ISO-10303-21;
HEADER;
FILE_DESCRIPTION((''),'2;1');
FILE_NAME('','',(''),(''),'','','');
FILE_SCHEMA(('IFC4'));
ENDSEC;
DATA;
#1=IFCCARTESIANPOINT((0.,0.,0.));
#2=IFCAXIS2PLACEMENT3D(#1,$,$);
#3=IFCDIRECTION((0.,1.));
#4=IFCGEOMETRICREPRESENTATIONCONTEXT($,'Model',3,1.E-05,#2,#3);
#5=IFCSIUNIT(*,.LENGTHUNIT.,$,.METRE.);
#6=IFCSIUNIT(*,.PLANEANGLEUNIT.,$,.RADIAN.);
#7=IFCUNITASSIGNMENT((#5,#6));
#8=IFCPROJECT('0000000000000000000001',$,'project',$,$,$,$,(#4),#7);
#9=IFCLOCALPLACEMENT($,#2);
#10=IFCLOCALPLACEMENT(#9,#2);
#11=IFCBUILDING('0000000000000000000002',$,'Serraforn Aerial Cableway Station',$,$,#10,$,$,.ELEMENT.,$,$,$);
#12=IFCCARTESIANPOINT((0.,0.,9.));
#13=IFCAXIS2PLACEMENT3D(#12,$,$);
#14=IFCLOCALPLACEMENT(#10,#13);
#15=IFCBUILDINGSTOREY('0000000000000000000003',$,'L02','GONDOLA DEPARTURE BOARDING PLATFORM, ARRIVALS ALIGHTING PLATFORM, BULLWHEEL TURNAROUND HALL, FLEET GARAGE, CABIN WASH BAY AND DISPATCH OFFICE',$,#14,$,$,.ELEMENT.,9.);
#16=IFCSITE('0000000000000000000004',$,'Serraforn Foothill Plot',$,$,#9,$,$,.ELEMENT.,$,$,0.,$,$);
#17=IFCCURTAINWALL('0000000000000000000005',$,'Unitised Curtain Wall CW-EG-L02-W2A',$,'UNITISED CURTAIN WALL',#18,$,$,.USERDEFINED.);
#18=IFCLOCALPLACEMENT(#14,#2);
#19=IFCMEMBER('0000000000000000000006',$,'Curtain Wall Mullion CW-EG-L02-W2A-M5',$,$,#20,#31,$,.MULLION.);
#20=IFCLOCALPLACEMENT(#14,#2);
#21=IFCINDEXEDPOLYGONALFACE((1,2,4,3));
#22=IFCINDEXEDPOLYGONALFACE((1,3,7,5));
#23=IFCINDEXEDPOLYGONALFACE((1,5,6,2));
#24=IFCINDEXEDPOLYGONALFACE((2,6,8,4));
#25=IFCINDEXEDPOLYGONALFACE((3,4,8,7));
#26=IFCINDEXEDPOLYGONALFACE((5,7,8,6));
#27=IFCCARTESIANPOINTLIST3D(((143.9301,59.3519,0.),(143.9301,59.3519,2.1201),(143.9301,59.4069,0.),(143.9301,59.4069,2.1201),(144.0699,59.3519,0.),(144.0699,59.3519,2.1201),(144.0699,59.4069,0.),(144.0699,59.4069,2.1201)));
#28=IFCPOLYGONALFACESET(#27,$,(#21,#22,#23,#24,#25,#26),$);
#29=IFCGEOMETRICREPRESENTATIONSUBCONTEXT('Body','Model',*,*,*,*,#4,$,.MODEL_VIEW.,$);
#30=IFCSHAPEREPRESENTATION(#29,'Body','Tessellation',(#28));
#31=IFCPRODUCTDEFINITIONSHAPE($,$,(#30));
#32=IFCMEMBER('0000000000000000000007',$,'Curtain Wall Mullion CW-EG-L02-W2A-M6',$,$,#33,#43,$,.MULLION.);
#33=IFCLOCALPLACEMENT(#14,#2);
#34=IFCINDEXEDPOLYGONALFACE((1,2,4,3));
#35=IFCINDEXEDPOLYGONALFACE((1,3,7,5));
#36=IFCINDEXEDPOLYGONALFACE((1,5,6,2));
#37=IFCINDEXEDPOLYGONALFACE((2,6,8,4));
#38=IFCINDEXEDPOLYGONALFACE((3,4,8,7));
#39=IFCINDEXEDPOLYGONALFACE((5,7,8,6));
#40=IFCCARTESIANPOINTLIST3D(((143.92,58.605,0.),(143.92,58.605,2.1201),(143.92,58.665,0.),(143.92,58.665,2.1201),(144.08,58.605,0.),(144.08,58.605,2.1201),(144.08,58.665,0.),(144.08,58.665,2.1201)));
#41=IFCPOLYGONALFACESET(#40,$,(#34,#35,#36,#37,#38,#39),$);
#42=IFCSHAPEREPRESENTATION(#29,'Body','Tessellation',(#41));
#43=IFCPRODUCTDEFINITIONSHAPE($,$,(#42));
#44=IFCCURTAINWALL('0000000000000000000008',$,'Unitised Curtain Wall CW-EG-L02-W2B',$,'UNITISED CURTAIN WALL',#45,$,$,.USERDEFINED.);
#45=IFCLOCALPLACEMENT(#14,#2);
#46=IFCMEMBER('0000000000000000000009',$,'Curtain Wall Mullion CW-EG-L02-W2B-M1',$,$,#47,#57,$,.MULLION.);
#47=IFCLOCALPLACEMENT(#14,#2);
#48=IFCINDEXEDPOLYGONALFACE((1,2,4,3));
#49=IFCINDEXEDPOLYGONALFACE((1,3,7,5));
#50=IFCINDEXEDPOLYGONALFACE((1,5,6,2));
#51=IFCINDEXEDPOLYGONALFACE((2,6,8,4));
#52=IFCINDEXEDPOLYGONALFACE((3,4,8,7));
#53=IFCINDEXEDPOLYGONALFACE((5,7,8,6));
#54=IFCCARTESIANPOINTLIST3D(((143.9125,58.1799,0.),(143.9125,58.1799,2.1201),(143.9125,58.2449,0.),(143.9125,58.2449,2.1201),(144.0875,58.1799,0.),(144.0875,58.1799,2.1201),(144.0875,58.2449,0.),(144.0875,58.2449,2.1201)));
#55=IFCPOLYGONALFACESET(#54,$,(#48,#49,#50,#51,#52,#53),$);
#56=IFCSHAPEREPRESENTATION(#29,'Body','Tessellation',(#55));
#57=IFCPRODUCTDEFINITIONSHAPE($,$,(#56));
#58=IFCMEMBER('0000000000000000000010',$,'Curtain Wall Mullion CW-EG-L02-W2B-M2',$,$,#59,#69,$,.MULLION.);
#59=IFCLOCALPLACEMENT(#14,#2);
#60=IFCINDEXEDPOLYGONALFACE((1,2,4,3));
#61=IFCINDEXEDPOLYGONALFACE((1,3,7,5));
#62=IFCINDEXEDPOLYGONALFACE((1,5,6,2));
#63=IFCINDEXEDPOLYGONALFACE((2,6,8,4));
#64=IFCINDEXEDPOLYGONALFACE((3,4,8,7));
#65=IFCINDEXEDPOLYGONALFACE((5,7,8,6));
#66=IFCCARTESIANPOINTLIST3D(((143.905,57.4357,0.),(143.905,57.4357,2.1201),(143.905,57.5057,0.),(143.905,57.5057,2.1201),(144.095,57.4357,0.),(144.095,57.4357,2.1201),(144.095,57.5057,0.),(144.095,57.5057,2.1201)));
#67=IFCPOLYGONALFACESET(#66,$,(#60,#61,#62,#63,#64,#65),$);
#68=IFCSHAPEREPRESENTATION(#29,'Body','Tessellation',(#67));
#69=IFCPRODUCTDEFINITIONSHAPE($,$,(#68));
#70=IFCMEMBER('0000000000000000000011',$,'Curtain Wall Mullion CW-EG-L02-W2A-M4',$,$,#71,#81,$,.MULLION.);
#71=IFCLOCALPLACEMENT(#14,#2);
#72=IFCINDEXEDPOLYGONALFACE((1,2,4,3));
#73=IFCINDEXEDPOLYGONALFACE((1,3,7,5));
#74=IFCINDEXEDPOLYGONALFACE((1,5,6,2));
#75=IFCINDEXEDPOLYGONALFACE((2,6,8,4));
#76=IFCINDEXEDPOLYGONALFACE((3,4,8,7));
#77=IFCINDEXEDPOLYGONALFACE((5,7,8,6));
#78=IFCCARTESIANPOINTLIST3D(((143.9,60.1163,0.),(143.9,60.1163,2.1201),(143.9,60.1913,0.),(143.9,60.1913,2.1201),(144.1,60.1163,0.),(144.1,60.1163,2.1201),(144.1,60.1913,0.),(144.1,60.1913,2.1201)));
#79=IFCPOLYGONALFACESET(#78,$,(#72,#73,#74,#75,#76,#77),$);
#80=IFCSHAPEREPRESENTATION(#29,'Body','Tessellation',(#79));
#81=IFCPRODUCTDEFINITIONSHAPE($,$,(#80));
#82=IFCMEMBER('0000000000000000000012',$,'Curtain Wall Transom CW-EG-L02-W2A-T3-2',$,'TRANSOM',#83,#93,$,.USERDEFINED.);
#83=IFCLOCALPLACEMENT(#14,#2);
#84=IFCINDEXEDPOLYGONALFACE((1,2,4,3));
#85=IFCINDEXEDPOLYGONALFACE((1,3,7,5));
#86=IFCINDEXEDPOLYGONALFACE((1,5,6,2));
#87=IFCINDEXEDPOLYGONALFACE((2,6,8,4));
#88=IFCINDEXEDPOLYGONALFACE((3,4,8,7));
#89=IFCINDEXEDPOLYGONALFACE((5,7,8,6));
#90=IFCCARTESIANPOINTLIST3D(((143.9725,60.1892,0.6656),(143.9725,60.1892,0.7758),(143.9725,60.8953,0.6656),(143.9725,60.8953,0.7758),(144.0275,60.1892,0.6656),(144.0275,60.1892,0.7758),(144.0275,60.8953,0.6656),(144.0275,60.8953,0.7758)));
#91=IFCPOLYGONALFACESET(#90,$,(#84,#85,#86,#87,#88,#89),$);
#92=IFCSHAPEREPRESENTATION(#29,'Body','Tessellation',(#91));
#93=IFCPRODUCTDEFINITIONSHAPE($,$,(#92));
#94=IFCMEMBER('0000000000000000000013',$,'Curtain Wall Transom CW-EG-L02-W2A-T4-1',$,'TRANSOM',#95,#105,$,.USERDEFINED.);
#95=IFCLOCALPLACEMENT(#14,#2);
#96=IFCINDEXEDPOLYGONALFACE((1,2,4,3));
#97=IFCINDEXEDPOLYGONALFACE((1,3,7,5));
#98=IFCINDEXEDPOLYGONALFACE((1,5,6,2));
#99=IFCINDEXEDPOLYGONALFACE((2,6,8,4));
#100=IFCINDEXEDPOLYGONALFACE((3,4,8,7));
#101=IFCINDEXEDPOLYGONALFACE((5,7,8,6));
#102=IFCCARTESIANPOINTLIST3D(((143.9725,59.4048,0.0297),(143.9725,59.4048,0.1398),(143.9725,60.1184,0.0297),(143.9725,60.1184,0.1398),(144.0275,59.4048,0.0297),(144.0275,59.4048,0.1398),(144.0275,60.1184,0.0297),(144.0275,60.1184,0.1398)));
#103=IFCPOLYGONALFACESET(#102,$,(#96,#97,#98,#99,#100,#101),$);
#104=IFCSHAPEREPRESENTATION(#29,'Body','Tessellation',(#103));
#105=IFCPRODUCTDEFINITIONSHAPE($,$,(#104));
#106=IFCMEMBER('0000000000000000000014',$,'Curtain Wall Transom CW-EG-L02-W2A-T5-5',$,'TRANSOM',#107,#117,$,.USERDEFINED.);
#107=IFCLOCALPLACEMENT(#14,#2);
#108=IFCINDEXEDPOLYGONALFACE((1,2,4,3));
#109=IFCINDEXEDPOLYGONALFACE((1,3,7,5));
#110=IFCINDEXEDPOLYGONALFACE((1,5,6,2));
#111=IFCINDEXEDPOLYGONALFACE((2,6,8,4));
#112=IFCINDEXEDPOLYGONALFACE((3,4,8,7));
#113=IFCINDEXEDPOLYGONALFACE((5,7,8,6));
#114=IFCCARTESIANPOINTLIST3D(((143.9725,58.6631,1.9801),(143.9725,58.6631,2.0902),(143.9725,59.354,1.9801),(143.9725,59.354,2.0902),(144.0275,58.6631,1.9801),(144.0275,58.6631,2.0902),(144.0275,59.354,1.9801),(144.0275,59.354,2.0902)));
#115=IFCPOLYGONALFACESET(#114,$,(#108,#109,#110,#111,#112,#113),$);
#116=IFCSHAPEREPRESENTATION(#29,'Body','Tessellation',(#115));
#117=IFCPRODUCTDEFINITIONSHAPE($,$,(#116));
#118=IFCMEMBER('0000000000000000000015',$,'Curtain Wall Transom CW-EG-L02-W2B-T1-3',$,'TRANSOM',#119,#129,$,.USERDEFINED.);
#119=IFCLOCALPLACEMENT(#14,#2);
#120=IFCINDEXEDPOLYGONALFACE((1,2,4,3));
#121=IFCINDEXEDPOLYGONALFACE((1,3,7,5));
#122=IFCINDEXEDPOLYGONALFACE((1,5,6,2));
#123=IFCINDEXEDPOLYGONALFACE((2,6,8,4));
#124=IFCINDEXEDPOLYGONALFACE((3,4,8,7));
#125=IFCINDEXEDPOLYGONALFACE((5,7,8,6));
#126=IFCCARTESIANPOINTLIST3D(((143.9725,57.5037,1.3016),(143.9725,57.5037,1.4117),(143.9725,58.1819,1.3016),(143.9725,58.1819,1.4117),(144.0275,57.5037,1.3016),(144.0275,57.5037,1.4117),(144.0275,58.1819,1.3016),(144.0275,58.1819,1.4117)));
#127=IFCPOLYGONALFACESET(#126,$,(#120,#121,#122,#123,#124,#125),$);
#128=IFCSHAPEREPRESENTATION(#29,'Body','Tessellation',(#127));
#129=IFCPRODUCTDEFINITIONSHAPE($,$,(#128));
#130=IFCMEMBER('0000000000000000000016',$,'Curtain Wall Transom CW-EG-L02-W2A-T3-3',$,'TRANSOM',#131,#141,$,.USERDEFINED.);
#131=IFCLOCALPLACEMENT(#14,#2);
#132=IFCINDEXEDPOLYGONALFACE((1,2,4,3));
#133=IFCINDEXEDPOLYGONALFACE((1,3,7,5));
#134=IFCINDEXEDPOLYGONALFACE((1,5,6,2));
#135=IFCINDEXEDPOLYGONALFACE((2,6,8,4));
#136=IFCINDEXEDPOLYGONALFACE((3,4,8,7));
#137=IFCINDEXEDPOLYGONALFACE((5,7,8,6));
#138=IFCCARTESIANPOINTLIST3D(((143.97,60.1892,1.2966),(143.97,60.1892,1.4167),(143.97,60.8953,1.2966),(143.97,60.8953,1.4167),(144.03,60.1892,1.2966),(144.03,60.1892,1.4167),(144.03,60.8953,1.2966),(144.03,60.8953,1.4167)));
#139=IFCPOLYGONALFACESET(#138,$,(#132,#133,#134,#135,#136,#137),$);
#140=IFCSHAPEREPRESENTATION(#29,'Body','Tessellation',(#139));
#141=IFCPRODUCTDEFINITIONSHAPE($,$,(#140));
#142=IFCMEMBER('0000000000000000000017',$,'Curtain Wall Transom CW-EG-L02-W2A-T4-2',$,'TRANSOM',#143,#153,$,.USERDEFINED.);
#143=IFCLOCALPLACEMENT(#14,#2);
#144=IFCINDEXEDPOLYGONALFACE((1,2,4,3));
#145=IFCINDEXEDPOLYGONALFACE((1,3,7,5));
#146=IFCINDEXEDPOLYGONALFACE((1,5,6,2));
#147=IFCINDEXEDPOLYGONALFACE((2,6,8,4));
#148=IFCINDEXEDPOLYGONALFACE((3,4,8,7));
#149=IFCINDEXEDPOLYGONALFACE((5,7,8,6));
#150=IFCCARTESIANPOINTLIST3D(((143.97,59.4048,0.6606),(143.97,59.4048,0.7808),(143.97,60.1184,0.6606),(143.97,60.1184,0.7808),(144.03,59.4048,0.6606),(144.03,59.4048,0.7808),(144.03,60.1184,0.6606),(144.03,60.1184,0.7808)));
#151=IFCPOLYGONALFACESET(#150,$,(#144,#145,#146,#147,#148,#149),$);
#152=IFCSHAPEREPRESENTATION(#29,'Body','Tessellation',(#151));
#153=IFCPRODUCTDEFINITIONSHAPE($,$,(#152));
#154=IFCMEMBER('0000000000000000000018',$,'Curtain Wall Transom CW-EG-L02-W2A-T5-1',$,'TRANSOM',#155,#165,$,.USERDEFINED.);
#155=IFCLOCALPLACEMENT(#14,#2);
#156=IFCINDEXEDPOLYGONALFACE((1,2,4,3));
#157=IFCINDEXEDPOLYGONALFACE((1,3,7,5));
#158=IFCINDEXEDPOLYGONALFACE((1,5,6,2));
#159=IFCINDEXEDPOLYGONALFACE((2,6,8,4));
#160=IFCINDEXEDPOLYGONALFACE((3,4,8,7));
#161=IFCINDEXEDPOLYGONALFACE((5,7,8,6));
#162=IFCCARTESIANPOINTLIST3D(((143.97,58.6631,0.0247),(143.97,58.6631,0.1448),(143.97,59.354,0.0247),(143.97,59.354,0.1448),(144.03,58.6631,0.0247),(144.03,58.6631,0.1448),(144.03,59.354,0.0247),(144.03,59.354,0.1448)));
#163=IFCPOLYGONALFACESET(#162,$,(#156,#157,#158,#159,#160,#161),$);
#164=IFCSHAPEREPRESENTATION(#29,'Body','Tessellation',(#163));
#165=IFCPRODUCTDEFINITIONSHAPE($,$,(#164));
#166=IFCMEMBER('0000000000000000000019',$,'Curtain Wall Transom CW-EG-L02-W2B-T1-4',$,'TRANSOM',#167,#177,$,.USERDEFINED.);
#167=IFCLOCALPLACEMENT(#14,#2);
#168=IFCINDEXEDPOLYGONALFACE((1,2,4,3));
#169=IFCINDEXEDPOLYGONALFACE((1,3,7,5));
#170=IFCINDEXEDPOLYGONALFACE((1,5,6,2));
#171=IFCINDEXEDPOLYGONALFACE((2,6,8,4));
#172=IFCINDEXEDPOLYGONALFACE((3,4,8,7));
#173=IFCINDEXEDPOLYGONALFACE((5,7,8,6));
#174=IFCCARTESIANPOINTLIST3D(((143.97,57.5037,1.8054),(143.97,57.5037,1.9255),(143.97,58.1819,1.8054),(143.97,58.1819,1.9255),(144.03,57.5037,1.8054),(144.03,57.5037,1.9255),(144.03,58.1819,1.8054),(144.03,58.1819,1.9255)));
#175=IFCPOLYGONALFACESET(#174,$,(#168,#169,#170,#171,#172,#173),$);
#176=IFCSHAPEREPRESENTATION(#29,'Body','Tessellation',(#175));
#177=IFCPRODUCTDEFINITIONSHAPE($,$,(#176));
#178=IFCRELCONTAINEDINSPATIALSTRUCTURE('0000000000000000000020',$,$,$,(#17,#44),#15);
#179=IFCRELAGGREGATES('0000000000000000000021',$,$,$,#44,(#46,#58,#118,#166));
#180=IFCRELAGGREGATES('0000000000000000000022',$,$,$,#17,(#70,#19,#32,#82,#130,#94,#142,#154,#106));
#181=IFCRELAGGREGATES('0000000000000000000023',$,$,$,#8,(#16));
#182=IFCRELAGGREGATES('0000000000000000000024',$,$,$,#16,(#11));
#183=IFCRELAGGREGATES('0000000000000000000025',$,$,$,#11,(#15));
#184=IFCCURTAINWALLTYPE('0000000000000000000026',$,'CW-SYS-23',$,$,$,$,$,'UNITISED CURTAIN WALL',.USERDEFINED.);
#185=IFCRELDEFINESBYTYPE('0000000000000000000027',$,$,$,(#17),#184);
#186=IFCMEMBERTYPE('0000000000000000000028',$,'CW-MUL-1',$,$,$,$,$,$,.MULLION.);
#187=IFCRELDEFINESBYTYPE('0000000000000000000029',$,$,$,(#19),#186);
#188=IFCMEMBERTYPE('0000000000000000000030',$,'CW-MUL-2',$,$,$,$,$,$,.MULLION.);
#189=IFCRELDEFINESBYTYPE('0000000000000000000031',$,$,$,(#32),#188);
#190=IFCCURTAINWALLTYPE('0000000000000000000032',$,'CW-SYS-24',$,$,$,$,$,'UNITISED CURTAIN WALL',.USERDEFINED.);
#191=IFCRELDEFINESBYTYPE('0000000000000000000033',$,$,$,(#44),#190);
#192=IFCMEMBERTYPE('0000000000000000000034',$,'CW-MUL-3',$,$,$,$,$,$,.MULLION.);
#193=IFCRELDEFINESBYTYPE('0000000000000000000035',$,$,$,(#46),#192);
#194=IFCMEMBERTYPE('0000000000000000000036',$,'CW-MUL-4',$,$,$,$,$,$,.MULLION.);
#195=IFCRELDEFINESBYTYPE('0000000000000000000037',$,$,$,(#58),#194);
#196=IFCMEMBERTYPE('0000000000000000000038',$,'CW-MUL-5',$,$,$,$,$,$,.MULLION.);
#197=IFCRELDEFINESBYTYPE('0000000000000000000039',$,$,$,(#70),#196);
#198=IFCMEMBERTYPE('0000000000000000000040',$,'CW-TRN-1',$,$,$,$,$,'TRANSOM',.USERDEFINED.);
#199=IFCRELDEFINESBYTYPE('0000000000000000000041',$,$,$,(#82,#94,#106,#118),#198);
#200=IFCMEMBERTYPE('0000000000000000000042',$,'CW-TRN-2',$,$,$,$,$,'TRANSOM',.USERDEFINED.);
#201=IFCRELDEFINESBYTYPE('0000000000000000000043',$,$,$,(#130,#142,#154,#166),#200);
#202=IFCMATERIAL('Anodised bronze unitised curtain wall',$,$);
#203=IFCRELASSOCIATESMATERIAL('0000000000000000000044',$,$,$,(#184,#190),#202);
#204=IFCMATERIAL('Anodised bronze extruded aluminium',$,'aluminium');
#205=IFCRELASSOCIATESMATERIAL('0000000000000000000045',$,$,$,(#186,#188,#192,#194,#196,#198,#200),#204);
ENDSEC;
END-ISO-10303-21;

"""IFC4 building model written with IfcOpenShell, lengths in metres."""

from ifc_helpers import new_model, si_unit, direction, frame, origin, origin_2d, place, context, subcontext, project, spatial, rectangle, extrude, material, material_profile, profile_set, type_object, element, aggregate, save


model = new_model("IFC4")

# Units and contexts
model_context = context("Model", 3, precision=1e-05, world=origin(), true_north=direction((0.0, 1.0)))
body_context = subcontext(model_context, "Body", "Model", "MODEL_VIEW")
ifc_project = project(units=[si_unit("LENGTHUNIT", "METRE"), si_unit("PLANEANGLEUNIT", "RADIAN")], contexts=[model_context])

# Site, building, storey
site_placement = place(None, origin())
site = spatial("IfcSite", under=ifc_project, at=site_placement, Name="Serraforn Foothill Plot", CompositionType="ELEMENT", RefElevation=0.0)
building_placement = place(site_placement, origin())
building = spatial("IfcBuilding", under=site, at=building_placement, Name="Serraforn Aerial Cableway Station", CompositionType="ELEMENT")
storey_placement = place(building_placement, frame((0.0, 0.0, 9.0)))
storey = spatial("IfcBuildingStorey", under=building, at=storey_placement, Name="L02", Description="GONDOLA DEPARTURE BOARDING PLATFORM, ARRIVALS ALIGHTING PLATFORM, BULLWHEEL TURNAROUND HALL, FLEET GARAGE, CABIN WASH BAY AND DISPATCH OFFICE", CompositionType="ELEMENT", Elevation=9.0)

# Curtain walls, members
ifc_material_1 = material(Name="Anodised bronze unitised curtain wall")
curtain_wall_type_1 = type_object("IfcCurtainWallType", Name="CW-SYS-23", ElementType="UNITISED CURTAIN WALL", PredefinedType="USERDEFINED", material=ifc_material_1)
curtain_wall_1_placement = place(storey_placement, origin())
curtain_wall_1 = element("IfcCurtainWall", 1, at=curtain_wall_1_placement, inside=storey, type_object=curtain_wall_type_1, Name="Unitised Curtain Wall CW-EG-L02-W2A", ObjectType="UNITISED CURTAIN WALL", PredefinedType="USERDEFINED")
ifc_material_2 = material(Name="Anodised bronze extruded aluminium", Category="aluminium")
ifc_material_profile_1 = material_profile(ifc_material_2, rectangle(XDim=0.0549, YDim=0.1399, at=origin_2d()), Name="CW MULLION 55x140")
ifc_profile_set_1 = profile_set([ifc_material_profile_1], Name="Anodised bronze extruded aluminium")
member_type_1 = type_object("IfcMemberType", Name="CW-MUL-1", PredefinedType="MULLION", material=ifc_profile_set_1)
member_1_placement = place(storey_placement, frame((144.0, 59.3794, 0.0), z_axis=(0.0, 0.0, 1.0), x_axis=(0.0, -1.0, 0.0)))
member_1 = element("IfcMember", 2, at=member_1_placement, type_object=member_type_1, Name="Curtain Wall Mullion CW-EG-L02-W2A-M5", PredefinedType="MULLION", context=body_context, shape_type="SweptSolid", body=[
    extrude(rectangle(XDim=0.0549, YDim=0.1399, at=origin_2d()), origin(), (0.0, 0.0, 1.0), 2.1201),
])
ifc_material_profile_2 = material_profile(ifc_material_2, rectangle(XDim=0.0601, YDim=0.1599, at=origin_2d()), Name="CW MULLION 60x160")
ifc_profile_set_2 = profile_set([ifc_material_profile_2], Name="Anodised bronze extruded aluminium")
member_type_2 = type_object("IfcMemberType", Name="CW-MUL-2", PredefinedType="MULLION", material=ifc_profile_set_2)
member_2_placement = place(storey_placement, frame((144.0, 58.635, 0.0), z_axis=(0.0, 0.0, 1.0), x_axis=(0.0, -1.0, 0.0)))
member_2 = element("IfcMember", 3, at=member_2_placement, type_object=member_type_2, Name="Curtain Wall Mullion CW-EG-L02-W2A-M6", PredefinedType="MULLION", context=body_context, shape_type="SweptSolid", body=[
    extrude(rectangle(XDim=0.0601, YDim=0.1599, at=origin_2d()), origin(), (0.0, 0.0, 1.0), 2.1201),
])
curtain_wall_type_2 = type_object("IfcCurtainWallType", Name="CW-SYS-24", ElementType="UNITISED CURTAIN WALL", PredefinedType="USERDEFINED", material=ifc_material_1)
curtain_wall_2_placement = place(storey_placement, origin())
curtain_wall_2 = element("IfcCurtainWall", 4, at=curtain_wall_2_placement, inside=storey, type_object=curtain_wall_type_2, Name="Unitised Curtain Wall CW-EG-L02-W2B", ObjectType="UNITISED CURTAIN WALL", PredefinedType="USERDEFINED")
ifc_material_profile_3 = material_profile(ifc_material_2, rectangle(XDim=0.0649, YDim=0.175, at=origin_2d()), Name="CW MULLION 65x175")
ifc_profile_set_3 = profile_set([ifc_material_profile_3], Name="Anodised bronze extruded aluminium")
member_type_3 = type_object("IfcMemberType", Name="CW-MUL-3", PredefinedType="MULLION", material=ifc_profile_set_3)
member_3_placement = place(storey_placement, frame((144.0, 58.2124, 0.0), z_axis=(0.0, 0.0, 1.0), x_axis=(0.0, -1.0, 0.0)))
member_3 = element("IfcMember", 5, at=member_3_placement, type_object=member_type_3, Name="Curtain Wall Mullion CW-EG-L02-W2B-M1", PredefinedType="MULLION", context=body_context, shape_type="SweptSolid", body=[
    extrude(rectangle(XDim=0.0649, YDim=0.175, at=origin_2d()), origin(), (0.0, 0.0, 1.0), 2.1201),
])
ifc_material_profile_4 = material_profile(ifc_material_2, rectangle(XDim=0.0701, YDim=0.1899, at=origin_2d()), Name="CW MULLION 70x190")
ifc_profile_set_4 = profile_set([ifc_material_profile_4], Name="Anodised bronze extruded aluminium")
member_type_4 = type_object("IfcMemberType", Name="CW-MUL-4", PredefinedType="MULLION", material=ifc_profile_set_4)
member_4_placement = place(storey_placement, frame((144.0, 57.4707, 0.0), z_axis=(0.0, 0.0, 1.0), x_axis=(0.0, -1.0, 0.0)))
member_4 = element("IfcMember", 6, at=member_4_placement, type_object=member_type_4, Name="Curtain Wall Mullion CW-EG-L02-W2B-M2", PredefinedType="MULLION", context=body_context, shape_type="SweptSolid", body=[
    extrude(rectangle(XDim=0.0701, YDim=0.1899, at=origin_2d()), origin(), (0.0, 0.0, 1.0), 2.1201),
])

# Members
ifc_material_profile_5 = material_profile(ifc_material_2, rectangle(XDim=0.075, YDim=0.2, at=origin_2d()), Name="CW MULLION 75x200")
ifc_profile_set_5 = profile_set([ifc_material_profile_5], Name="Anodised bronze extruded aluminium")
member_type_5 = type_object("IfcMemberType", Name="CW-MUL-5", PredefinedType="MULLION", material=ifc_profile_set_5)
member_5_placement = place(storey_placement, frame((144.0, 60.1538, 0.0), z_axis=(0.0, 0.0, 1.0), x_axis=(0.0, -1.0, 0.0)))
member_5 = element("IfcMember", 7, at=member_5_placement, type_object=member_type_5, Name="Curtain Wall Mullion CW-EG-L02-W2A-M4", PredefinedType="MULLION", context=body_context, shape_type="SweptSolid", body=[
    extrude(rectangle(XDim=0.075, YDim=0.2, at=origin_2d()), origin(), (0.0, 0.0, 1.0), 2.1201),
])
ifc_material_profile_6 = material_profile(ifc_material_2, rectangle(XDim=0.0549, YDim=0.1101, at=origin_2d()), Name="CW TRANSOM 55x110")
ifc_profile_set_6 = profile_set([ifc_material_profile_6], Name="Anodised bronze extruded aluminium")
member_type_6 = type_object("IfcMemberType", Name="CW-TRN-1", ElementType="TRANSOM", PredefinedType="USERDEFINED", material=ifc_profile_set_6)
member_6_placement = place(storey_placement, frame((144.0, 60.8953, 0.7207), z_axis=(0.0, -1.0, 0.0), x_axis=(1.0, 0.0, 0.0)))
member_6 = element("IfcMember", 8, at=member_6_placement, type_object=member_type_6, Name="Curtain Wall Transom CW-EG-L02-W2A-T3-2", ObjectType="TRANSOM", PredefinedType="USERDEFINED", context=body_context, shape_type="SweptSolid", body=[
    extrude(rectangle(XDim=0.0549, YDim=0.1101, at=origin_2d()), origin(), (0.0, 0.0, 1.0), 0.7061),
])
member_7_placement = place(storey_placement, frame((144.0, 60.1184, 0.0847), z_axis=(0.0, -1.0, 0.0), x_axis=(1.0, 0.0, 0.0)))
member_7 = element("IfcMember", 9, at=member_7_placement, type_object=member_type_6, Name="Curtain Wall Transom CW-EG-L02-W2A-T4-1", ObjectType="TRANSOM", PredefinedType="USERDEFINED", context=body_context, shape_type="SweptSolid", body=[
    extrude(rectangle(XDim=0.0549, YDim=0.1101, at=origin_2d()), origin(), (0.0, 0.0, 1.0), 0.7136),
])
member_8_placement = place(storey_placement, frame((144.0, 59.354, 2.0352), z_axis=(0.0, -1.0, 0.0), x_axis=(1.0, 0.0, 0.0)))
member_8 = element("IfcMember", 10, at=member_8_placement, type_object=member_type_6, Name="Curtain Wall Transom CW-EG-L02-W2A-T5-5", ObjectType="TRANSOM", PredefinedType="USERDEFINED", context=body_context, shape_type="SweptSolid", body=[
    extrude(rectangle(XDim=0.0549, YDim=0.1101, at=origin_2d()), origin(), (0.0, 0.0, 1.0), 0.6909),
])
member_9_placement = place(storey_placement, frame((144.0, 58.1819, 1.3567), z_axis=(0.0, -1.0, 0.0), x_axis=(1.0, 0.0, 0.0)))
member_9 = element("IfcMember", 11, at=member_9_placement, type_object=member_type_6, Name="Curtain Wall Transom CW-EG-L02-W2B-T1-3", ObjectType="TRANSOM", PredefinedType="USERDEFINED", context=body_context, shape_type="SweptSolid", body=[
    extrude(rectangle(XDim=0.0549, YDim=0.1101, at=origin_2d()), origin(), (0.0, 0.0, 1.0), 0.6782),
])
ifc_material_profile_7 = material_profile(ifc_material_2, rectangle(XDim=0.0601, YDim=0.1201, at=origin_2d()), Name="CW TRANSOM 60x120")
ifc_profile_set_7 = profile_set([ifc_material_profile_7], Name="Anodised bronze extruded aluminium")
member_type_7 = type_object("IfcMemberType", Name="CW-TRN-2", ElementType="TRANSOM", PredefinedType="USERDEFINED", material=ifc_profile_set_7)
member_10_placement = place(storey_placement, frame((144.0, 60.8953, 1.3567), z_axis=(0.0, -1.0, 0.0), x_axis=(1.0, 0.0, 0.0)))
member_10 = element("IfcMember", 12, at=member_10_placement, type_object=member_type_7, Name="Curtain Wall Transom CW-EG-L02-W2A-T3-3", ObjectType="TRANSOM", PredefinedType="USERDEFINED", context=body_context, shape_type="SweptSolid", body=[
    extrude(rectangle(XDim=0.0601, YDim=0.1201, at=origin_2d()), origin(), (0.0, 0.0, 1.0), 0.7061),
])
member_11_placement = place(storey_placement, frame((144.0, 60.1184, 0.7207), z_axis=(0.0, -1.0, 0.0), x_axis=(1.0, 0.0, 0.0)))
member_11 = element("IfcMember", 13, at=member_11_placement, type_object=member_type_7, Name="Curtain Wall Transom CW-EG-L02-W2A-T4-2", ObjectType="TRANSOM", PredefinedType="USERDEFINED", context=body_context, shape_type="SweptSolid", body=[
    extrude(rectangle(XDim=0.0601, YDim=0.1201, at=origin_2d()), origin(), (0.0, 0.0, 1.0), 0.7136),
])
member_12_placement = place(storey_placement, frame((144.0, 59.354, 0.0847), z_axis=(0.0, -1.0, 0.0), x_axis=(1.0, 0.0, 0.0)))
member_12 = element("IfcMember", 14, at=member_12_placement, type_object=member_type_7, Name="Curtain Wall Transom CW-EG-L02-W2A-T5-1", ObjectType="TRANSOM", PredefinedType="USERDEFINED", context=body_context, shape_type="SweptSolid", body=[
    extrude(rectangle(XDim=0.0601, YDim=0.1201, at=origin_2d()), origin(), (0.0, 0.0, 1.0), 0.6909),
])
member_13_placement = place(storey_placement, frame((144.0, 58.1819, 1.8655), z_axis=(0.0, -1.0, 0.0), x_axis=(1.0, 0.0, 0.0)))
member_13 = element("IfcMember", 15, at=member_13_placement, type_object=member_type_7, Name="Curtain Wall Transom CW-EG-L02-W2B-T1-4", ObjectType="TRANSOM", PredefinedType="USERDEFINED", context=body_context, shape_type="SweptSolid", body=[
    extrude(rectangle(XDim=0.0601, YDim=0.1201, at=origin_2d()), origin(), (0.0, 0.0, 1.0), 0.6782),
])

aggregate(curtain_wall_2, [member_3, member_4, member_9, member_13])
aggregate(curtain_wall_1, [member_5, member_1, member_2, member_6, member_10, member_7, member_11, member_12, member_8])

save(model, "model.ifc")
